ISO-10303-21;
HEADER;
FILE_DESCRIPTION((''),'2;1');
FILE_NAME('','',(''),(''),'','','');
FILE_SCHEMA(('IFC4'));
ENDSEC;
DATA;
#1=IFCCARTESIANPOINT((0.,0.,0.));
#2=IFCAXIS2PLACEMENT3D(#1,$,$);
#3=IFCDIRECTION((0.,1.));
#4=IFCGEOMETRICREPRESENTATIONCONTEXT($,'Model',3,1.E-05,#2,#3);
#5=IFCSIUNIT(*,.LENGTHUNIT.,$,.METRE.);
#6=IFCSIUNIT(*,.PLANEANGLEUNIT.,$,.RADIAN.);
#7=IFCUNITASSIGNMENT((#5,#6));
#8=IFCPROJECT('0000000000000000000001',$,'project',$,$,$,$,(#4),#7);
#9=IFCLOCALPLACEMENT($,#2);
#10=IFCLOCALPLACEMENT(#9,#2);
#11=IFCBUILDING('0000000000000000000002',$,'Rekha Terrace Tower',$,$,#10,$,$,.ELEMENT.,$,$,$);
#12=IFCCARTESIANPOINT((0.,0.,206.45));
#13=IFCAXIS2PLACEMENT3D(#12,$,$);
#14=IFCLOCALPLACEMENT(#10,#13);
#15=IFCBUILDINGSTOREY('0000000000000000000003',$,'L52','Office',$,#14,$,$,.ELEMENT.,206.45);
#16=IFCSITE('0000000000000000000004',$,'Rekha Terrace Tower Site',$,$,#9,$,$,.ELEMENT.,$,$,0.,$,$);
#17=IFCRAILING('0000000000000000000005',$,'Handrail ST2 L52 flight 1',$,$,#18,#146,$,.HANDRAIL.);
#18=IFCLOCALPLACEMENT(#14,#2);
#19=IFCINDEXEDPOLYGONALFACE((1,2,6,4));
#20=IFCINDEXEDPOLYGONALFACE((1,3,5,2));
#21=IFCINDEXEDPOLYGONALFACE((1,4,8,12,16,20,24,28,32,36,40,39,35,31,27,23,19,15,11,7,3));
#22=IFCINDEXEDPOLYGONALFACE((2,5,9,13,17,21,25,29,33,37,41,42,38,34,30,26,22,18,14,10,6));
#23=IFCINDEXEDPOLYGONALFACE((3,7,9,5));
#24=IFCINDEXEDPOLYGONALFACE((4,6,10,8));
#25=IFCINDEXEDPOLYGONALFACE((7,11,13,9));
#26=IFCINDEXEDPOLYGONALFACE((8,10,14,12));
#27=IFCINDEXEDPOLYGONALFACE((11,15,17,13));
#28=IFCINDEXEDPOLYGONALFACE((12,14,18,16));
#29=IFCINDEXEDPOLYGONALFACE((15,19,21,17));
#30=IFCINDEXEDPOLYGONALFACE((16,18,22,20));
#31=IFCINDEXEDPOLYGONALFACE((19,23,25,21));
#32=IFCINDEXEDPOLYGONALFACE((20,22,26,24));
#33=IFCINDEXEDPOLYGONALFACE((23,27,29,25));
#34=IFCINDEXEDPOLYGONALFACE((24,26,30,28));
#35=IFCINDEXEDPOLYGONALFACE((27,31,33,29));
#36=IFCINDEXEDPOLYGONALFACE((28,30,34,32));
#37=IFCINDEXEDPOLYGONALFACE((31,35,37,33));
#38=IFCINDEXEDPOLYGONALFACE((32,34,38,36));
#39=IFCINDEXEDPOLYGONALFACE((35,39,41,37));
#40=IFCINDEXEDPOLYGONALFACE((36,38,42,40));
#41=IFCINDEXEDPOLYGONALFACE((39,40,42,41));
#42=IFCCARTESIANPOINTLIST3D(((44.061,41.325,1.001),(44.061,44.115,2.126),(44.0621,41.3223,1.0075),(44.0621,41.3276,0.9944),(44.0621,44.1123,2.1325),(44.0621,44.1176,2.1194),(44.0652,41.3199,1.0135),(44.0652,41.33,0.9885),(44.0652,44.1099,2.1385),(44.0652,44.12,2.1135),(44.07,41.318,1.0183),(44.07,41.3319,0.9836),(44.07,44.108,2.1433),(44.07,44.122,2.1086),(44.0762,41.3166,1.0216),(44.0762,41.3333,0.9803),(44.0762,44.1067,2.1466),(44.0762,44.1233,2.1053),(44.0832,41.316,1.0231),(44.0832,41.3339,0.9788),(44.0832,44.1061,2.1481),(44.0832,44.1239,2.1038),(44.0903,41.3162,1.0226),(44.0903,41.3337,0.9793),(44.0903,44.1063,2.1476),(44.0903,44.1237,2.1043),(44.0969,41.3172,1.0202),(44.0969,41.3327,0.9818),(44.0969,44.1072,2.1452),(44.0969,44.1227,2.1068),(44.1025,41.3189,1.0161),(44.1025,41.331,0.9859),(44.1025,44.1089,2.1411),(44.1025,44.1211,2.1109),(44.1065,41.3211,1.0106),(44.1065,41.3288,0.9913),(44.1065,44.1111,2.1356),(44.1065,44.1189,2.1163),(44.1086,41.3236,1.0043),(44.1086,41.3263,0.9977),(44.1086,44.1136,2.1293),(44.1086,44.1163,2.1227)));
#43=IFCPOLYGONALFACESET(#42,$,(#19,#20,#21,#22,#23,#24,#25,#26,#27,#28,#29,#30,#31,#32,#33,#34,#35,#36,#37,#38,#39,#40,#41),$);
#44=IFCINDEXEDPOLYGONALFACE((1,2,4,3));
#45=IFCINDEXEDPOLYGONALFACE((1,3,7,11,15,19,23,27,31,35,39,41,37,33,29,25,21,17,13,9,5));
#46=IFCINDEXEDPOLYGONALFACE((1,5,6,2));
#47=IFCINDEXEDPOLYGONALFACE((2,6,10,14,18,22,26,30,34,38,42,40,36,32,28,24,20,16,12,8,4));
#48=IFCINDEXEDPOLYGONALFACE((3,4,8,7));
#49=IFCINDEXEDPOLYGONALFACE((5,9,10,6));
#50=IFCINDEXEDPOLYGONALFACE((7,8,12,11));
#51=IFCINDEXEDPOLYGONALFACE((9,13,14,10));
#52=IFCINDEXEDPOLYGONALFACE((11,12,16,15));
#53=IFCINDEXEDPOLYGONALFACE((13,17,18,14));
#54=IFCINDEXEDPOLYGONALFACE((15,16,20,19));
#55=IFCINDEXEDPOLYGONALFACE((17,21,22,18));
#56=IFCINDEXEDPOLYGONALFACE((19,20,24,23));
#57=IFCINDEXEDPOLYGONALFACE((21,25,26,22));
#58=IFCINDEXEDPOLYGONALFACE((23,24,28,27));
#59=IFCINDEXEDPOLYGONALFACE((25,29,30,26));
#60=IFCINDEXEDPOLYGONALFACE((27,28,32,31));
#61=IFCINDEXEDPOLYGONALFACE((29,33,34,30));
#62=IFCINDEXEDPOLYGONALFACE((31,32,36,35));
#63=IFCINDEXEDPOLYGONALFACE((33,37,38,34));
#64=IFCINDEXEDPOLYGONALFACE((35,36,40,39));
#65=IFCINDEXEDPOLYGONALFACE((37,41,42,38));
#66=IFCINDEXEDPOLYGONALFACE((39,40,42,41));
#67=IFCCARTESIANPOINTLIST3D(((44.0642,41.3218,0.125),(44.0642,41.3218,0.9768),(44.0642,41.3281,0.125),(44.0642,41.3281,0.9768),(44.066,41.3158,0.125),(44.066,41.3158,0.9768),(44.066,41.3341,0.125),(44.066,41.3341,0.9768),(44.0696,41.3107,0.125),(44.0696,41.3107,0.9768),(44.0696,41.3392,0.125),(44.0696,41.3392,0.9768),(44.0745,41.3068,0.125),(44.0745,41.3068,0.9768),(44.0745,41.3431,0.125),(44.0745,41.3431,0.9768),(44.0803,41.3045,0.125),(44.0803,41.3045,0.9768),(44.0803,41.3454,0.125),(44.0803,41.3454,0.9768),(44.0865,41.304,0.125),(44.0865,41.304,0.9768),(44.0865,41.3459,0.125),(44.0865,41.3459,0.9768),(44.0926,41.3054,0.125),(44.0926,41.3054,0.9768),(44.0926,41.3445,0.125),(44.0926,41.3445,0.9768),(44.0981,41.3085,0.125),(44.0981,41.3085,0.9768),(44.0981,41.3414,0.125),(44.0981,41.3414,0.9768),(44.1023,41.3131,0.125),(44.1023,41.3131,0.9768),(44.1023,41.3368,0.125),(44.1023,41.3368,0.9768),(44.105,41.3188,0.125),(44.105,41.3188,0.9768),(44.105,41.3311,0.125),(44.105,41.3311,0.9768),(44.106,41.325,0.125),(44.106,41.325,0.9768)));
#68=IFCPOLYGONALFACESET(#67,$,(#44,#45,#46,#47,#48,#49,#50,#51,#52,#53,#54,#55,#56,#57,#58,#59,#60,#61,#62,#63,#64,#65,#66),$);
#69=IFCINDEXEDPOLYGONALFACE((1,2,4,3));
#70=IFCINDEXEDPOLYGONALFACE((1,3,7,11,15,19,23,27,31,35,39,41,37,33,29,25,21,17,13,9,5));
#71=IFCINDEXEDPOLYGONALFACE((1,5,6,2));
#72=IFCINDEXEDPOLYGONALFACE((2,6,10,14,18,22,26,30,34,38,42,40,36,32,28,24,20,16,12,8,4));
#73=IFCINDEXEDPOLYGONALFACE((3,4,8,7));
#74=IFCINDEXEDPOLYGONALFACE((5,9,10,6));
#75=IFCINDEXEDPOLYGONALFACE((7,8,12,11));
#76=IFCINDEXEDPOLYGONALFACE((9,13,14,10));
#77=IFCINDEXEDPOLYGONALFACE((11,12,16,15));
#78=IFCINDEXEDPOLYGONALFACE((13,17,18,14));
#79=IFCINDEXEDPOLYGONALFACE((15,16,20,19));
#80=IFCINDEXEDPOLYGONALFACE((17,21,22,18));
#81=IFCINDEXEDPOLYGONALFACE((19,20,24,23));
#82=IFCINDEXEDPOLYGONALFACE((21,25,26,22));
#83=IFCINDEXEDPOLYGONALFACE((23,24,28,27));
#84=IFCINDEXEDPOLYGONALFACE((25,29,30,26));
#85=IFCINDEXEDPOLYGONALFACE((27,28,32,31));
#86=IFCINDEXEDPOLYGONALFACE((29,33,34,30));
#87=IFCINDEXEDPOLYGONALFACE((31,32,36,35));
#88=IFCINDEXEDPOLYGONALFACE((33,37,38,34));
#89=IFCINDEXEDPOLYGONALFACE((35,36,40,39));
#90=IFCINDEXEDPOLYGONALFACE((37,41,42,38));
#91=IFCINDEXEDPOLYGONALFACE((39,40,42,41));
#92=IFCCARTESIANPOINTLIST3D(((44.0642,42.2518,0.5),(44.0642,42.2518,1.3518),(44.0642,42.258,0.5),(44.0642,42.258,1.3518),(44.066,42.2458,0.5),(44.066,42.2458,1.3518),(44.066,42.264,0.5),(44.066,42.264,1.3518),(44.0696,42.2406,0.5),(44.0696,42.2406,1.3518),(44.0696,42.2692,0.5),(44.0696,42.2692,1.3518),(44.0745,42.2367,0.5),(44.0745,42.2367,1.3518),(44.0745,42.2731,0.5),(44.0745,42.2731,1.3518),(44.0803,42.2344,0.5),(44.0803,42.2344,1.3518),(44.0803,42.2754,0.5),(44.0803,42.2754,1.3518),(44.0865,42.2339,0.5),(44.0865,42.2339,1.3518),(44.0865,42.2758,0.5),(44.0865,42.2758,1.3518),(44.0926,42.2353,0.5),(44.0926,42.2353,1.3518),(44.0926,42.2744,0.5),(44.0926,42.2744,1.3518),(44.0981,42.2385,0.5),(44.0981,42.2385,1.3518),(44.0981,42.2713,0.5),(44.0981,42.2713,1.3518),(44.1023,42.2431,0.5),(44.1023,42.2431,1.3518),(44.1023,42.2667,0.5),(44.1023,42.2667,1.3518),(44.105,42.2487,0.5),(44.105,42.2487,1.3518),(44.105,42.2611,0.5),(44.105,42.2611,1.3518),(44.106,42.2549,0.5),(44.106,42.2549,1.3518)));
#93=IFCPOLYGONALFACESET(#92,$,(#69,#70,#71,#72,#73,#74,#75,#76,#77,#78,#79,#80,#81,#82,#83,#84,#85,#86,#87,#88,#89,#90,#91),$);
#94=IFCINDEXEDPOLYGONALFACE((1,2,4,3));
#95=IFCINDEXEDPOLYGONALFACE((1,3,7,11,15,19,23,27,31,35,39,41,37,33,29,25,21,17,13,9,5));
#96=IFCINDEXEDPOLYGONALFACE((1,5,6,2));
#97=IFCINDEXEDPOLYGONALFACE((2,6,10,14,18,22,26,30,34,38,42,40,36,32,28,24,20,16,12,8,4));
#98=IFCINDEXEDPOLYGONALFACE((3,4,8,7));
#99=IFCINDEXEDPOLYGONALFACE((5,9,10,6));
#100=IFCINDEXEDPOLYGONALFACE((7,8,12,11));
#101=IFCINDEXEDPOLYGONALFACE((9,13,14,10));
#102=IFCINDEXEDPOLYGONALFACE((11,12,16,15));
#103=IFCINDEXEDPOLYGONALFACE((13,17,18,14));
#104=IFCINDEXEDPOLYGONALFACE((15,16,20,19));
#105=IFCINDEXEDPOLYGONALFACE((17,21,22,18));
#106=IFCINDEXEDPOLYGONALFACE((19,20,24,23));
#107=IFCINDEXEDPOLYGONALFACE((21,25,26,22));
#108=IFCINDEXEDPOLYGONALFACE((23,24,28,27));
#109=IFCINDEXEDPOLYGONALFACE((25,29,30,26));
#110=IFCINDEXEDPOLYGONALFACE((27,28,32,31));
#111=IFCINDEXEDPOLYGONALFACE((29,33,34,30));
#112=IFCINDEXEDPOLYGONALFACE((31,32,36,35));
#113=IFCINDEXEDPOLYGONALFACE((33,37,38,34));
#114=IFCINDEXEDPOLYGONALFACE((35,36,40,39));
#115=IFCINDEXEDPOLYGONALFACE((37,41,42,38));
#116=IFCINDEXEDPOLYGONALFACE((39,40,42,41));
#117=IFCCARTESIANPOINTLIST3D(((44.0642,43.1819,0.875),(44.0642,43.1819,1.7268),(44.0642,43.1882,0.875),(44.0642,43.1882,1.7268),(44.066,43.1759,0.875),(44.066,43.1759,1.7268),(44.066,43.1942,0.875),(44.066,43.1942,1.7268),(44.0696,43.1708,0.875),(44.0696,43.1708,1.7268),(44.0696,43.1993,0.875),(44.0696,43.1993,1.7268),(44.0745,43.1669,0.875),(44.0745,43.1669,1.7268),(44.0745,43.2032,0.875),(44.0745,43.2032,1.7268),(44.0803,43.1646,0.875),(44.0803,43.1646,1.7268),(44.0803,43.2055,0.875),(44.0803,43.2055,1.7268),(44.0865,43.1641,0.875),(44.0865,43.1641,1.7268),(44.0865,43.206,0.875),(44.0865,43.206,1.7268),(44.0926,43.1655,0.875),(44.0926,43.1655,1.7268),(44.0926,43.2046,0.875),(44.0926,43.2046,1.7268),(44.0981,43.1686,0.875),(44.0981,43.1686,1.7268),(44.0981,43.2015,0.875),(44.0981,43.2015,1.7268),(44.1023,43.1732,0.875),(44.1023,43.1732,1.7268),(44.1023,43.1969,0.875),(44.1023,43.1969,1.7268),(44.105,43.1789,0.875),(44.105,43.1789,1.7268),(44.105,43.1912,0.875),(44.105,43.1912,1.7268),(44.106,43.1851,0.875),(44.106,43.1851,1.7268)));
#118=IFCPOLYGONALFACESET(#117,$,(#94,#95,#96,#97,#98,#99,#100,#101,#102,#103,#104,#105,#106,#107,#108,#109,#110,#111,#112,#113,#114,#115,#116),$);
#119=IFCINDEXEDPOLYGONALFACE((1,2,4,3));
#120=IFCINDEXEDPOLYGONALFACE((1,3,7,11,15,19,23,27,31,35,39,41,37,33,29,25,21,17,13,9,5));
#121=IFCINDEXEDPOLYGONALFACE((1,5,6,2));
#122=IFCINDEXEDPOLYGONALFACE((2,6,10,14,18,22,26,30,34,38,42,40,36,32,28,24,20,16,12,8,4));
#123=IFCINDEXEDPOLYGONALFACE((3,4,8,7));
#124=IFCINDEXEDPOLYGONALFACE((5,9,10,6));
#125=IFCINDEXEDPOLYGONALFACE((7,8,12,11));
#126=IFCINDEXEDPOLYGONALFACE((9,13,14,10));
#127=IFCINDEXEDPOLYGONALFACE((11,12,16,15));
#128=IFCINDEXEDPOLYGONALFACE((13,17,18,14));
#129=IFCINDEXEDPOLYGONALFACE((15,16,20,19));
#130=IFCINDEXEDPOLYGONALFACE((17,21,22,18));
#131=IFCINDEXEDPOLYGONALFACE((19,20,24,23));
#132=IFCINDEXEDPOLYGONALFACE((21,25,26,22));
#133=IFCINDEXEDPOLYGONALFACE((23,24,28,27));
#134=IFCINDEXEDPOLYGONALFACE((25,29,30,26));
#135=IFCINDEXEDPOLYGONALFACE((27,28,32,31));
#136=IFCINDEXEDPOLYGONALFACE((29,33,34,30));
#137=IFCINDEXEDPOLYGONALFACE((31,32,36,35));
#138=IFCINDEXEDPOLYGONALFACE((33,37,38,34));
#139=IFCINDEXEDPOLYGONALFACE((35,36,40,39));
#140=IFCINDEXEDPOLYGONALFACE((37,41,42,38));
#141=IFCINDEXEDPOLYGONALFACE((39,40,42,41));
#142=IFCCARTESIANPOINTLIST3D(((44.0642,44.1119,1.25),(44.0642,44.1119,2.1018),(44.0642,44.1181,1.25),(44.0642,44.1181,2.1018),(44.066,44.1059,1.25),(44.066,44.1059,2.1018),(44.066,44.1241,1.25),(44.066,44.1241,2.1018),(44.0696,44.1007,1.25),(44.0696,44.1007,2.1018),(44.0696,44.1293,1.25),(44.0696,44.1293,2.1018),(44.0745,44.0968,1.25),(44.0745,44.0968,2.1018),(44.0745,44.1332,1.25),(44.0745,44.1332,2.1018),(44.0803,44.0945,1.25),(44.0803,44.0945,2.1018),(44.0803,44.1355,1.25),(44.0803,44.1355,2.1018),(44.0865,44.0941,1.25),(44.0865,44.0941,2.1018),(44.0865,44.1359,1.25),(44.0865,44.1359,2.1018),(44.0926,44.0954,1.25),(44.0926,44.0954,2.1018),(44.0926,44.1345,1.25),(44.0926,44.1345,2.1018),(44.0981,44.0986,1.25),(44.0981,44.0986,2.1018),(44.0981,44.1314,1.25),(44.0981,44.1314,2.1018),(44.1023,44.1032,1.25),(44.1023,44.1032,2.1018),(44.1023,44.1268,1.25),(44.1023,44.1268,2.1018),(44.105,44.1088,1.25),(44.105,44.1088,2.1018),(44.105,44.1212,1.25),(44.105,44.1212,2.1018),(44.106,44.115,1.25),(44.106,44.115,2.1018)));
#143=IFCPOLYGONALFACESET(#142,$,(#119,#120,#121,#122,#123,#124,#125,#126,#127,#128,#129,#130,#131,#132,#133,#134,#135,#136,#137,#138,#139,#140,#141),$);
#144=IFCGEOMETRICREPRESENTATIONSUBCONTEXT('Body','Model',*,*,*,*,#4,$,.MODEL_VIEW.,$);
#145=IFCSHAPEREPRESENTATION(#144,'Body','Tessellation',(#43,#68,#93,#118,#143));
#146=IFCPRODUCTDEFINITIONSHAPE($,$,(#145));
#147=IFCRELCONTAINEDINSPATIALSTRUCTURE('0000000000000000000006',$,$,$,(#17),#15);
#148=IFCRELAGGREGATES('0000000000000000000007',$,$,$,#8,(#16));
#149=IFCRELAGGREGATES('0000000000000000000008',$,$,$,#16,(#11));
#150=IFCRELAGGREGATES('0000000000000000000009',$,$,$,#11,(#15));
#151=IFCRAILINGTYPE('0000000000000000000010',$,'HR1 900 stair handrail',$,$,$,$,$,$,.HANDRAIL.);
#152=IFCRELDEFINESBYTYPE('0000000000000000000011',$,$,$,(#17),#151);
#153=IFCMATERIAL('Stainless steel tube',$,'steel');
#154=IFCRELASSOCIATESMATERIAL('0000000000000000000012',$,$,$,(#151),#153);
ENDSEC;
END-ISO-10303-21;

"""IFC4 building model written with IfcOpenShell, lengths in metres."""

from ifc_helpers import new_model, si_unit, direction, frame, origin, origin_2d, place, context, subcontext, project, spatial, circle, extrude, material, type_object, element, save


model = new_model("IFC4")

# Units and contexts
model_context = context("Model", 3, precision=1e-05, world=origin(), true_north=direction((0.0, 1.0)))
body_context = subcontext(model_context, "Body", "Model", "MODEL_VIEW")
ifc_project = project(units=[si_unit("LENGTHUNIT", "METRE"), si_unit("PLANEANGLEUNIT", "RADIAN")], contexts=[model_context])

# Site, building, storey
site_placement = place(None, origin())
site = spatial("IfcSite", under=ifc_project, at=site_placement, Name="Rekha Terrace Tower Site", CompositionType="ELEMENT", RefElevation=0.0)
building_placement = place(site_placement, origin())
building = spatial("IfcBuilding", under=site, at=building_placement, Name="Rekha Terrace Tower", CompositionType="ELEMENT")
storey_placement = place(building_placement, frame((0.0, 0.0, 206.45)))
storey = spatial("IfcBuildingStorey", under=building, at=storey_placement, Name="L52", Description="Office", CompositionType="ELEMENT", Elevation=206.45)

# Railing
ifc_material_1 = material(Name="Stainless steel tube", Category="steel")
railing_type = type_object("IfcRailingType", Name="HR1 900 stair handrail", PredefinedType="HANDRAIL", material=ifc_material_1)
for number, where, name in (
    (1, (44.085, 41.325, 0.125), "Handrail ST2 L52 flight 1"),
):
    element("IfcRailing", number, at=place(storey_placement, frame(where)), inside=storey, type_object=railing_type, Name=name, PredefinedType="HANDRAIL", context=body_context, shape_type="SweptSolid", body=[
        extrude(circle(Radius=0.0239, at=origin_2d()), frame((0.0, 0.0, 0.876), z_axis=(0.0, 0.927443, 0.373964), x_axis=(-1.0, 0.0, 0.0)), (0.0, 0.0, 1.0), 3.0083),
        extrude(circle(Radius=0.021, at=origin_2d()), origin(), (0.0, 0.0, 1.0), 0.8518),
        extrude(circle(Radius=0.021, at=origin_2d()), frame((0.0, 0.9299, 0.375)), (0.0, 0.0, 1.0), 0.8518),
        extrude(circle(Radius=0.021, at=origin_2d()), frame((0.0, 1.8601, 0.75)), (0.0, 0.0, 1.0), 0.8518),
        extrude(circle(Radius=0.021, at=origin_2d()), frame((0.0, 2.79, 1.125)), (0.0, 0.0, 1.0), 0.8518),
    ])

save(model, "model.ifc")
